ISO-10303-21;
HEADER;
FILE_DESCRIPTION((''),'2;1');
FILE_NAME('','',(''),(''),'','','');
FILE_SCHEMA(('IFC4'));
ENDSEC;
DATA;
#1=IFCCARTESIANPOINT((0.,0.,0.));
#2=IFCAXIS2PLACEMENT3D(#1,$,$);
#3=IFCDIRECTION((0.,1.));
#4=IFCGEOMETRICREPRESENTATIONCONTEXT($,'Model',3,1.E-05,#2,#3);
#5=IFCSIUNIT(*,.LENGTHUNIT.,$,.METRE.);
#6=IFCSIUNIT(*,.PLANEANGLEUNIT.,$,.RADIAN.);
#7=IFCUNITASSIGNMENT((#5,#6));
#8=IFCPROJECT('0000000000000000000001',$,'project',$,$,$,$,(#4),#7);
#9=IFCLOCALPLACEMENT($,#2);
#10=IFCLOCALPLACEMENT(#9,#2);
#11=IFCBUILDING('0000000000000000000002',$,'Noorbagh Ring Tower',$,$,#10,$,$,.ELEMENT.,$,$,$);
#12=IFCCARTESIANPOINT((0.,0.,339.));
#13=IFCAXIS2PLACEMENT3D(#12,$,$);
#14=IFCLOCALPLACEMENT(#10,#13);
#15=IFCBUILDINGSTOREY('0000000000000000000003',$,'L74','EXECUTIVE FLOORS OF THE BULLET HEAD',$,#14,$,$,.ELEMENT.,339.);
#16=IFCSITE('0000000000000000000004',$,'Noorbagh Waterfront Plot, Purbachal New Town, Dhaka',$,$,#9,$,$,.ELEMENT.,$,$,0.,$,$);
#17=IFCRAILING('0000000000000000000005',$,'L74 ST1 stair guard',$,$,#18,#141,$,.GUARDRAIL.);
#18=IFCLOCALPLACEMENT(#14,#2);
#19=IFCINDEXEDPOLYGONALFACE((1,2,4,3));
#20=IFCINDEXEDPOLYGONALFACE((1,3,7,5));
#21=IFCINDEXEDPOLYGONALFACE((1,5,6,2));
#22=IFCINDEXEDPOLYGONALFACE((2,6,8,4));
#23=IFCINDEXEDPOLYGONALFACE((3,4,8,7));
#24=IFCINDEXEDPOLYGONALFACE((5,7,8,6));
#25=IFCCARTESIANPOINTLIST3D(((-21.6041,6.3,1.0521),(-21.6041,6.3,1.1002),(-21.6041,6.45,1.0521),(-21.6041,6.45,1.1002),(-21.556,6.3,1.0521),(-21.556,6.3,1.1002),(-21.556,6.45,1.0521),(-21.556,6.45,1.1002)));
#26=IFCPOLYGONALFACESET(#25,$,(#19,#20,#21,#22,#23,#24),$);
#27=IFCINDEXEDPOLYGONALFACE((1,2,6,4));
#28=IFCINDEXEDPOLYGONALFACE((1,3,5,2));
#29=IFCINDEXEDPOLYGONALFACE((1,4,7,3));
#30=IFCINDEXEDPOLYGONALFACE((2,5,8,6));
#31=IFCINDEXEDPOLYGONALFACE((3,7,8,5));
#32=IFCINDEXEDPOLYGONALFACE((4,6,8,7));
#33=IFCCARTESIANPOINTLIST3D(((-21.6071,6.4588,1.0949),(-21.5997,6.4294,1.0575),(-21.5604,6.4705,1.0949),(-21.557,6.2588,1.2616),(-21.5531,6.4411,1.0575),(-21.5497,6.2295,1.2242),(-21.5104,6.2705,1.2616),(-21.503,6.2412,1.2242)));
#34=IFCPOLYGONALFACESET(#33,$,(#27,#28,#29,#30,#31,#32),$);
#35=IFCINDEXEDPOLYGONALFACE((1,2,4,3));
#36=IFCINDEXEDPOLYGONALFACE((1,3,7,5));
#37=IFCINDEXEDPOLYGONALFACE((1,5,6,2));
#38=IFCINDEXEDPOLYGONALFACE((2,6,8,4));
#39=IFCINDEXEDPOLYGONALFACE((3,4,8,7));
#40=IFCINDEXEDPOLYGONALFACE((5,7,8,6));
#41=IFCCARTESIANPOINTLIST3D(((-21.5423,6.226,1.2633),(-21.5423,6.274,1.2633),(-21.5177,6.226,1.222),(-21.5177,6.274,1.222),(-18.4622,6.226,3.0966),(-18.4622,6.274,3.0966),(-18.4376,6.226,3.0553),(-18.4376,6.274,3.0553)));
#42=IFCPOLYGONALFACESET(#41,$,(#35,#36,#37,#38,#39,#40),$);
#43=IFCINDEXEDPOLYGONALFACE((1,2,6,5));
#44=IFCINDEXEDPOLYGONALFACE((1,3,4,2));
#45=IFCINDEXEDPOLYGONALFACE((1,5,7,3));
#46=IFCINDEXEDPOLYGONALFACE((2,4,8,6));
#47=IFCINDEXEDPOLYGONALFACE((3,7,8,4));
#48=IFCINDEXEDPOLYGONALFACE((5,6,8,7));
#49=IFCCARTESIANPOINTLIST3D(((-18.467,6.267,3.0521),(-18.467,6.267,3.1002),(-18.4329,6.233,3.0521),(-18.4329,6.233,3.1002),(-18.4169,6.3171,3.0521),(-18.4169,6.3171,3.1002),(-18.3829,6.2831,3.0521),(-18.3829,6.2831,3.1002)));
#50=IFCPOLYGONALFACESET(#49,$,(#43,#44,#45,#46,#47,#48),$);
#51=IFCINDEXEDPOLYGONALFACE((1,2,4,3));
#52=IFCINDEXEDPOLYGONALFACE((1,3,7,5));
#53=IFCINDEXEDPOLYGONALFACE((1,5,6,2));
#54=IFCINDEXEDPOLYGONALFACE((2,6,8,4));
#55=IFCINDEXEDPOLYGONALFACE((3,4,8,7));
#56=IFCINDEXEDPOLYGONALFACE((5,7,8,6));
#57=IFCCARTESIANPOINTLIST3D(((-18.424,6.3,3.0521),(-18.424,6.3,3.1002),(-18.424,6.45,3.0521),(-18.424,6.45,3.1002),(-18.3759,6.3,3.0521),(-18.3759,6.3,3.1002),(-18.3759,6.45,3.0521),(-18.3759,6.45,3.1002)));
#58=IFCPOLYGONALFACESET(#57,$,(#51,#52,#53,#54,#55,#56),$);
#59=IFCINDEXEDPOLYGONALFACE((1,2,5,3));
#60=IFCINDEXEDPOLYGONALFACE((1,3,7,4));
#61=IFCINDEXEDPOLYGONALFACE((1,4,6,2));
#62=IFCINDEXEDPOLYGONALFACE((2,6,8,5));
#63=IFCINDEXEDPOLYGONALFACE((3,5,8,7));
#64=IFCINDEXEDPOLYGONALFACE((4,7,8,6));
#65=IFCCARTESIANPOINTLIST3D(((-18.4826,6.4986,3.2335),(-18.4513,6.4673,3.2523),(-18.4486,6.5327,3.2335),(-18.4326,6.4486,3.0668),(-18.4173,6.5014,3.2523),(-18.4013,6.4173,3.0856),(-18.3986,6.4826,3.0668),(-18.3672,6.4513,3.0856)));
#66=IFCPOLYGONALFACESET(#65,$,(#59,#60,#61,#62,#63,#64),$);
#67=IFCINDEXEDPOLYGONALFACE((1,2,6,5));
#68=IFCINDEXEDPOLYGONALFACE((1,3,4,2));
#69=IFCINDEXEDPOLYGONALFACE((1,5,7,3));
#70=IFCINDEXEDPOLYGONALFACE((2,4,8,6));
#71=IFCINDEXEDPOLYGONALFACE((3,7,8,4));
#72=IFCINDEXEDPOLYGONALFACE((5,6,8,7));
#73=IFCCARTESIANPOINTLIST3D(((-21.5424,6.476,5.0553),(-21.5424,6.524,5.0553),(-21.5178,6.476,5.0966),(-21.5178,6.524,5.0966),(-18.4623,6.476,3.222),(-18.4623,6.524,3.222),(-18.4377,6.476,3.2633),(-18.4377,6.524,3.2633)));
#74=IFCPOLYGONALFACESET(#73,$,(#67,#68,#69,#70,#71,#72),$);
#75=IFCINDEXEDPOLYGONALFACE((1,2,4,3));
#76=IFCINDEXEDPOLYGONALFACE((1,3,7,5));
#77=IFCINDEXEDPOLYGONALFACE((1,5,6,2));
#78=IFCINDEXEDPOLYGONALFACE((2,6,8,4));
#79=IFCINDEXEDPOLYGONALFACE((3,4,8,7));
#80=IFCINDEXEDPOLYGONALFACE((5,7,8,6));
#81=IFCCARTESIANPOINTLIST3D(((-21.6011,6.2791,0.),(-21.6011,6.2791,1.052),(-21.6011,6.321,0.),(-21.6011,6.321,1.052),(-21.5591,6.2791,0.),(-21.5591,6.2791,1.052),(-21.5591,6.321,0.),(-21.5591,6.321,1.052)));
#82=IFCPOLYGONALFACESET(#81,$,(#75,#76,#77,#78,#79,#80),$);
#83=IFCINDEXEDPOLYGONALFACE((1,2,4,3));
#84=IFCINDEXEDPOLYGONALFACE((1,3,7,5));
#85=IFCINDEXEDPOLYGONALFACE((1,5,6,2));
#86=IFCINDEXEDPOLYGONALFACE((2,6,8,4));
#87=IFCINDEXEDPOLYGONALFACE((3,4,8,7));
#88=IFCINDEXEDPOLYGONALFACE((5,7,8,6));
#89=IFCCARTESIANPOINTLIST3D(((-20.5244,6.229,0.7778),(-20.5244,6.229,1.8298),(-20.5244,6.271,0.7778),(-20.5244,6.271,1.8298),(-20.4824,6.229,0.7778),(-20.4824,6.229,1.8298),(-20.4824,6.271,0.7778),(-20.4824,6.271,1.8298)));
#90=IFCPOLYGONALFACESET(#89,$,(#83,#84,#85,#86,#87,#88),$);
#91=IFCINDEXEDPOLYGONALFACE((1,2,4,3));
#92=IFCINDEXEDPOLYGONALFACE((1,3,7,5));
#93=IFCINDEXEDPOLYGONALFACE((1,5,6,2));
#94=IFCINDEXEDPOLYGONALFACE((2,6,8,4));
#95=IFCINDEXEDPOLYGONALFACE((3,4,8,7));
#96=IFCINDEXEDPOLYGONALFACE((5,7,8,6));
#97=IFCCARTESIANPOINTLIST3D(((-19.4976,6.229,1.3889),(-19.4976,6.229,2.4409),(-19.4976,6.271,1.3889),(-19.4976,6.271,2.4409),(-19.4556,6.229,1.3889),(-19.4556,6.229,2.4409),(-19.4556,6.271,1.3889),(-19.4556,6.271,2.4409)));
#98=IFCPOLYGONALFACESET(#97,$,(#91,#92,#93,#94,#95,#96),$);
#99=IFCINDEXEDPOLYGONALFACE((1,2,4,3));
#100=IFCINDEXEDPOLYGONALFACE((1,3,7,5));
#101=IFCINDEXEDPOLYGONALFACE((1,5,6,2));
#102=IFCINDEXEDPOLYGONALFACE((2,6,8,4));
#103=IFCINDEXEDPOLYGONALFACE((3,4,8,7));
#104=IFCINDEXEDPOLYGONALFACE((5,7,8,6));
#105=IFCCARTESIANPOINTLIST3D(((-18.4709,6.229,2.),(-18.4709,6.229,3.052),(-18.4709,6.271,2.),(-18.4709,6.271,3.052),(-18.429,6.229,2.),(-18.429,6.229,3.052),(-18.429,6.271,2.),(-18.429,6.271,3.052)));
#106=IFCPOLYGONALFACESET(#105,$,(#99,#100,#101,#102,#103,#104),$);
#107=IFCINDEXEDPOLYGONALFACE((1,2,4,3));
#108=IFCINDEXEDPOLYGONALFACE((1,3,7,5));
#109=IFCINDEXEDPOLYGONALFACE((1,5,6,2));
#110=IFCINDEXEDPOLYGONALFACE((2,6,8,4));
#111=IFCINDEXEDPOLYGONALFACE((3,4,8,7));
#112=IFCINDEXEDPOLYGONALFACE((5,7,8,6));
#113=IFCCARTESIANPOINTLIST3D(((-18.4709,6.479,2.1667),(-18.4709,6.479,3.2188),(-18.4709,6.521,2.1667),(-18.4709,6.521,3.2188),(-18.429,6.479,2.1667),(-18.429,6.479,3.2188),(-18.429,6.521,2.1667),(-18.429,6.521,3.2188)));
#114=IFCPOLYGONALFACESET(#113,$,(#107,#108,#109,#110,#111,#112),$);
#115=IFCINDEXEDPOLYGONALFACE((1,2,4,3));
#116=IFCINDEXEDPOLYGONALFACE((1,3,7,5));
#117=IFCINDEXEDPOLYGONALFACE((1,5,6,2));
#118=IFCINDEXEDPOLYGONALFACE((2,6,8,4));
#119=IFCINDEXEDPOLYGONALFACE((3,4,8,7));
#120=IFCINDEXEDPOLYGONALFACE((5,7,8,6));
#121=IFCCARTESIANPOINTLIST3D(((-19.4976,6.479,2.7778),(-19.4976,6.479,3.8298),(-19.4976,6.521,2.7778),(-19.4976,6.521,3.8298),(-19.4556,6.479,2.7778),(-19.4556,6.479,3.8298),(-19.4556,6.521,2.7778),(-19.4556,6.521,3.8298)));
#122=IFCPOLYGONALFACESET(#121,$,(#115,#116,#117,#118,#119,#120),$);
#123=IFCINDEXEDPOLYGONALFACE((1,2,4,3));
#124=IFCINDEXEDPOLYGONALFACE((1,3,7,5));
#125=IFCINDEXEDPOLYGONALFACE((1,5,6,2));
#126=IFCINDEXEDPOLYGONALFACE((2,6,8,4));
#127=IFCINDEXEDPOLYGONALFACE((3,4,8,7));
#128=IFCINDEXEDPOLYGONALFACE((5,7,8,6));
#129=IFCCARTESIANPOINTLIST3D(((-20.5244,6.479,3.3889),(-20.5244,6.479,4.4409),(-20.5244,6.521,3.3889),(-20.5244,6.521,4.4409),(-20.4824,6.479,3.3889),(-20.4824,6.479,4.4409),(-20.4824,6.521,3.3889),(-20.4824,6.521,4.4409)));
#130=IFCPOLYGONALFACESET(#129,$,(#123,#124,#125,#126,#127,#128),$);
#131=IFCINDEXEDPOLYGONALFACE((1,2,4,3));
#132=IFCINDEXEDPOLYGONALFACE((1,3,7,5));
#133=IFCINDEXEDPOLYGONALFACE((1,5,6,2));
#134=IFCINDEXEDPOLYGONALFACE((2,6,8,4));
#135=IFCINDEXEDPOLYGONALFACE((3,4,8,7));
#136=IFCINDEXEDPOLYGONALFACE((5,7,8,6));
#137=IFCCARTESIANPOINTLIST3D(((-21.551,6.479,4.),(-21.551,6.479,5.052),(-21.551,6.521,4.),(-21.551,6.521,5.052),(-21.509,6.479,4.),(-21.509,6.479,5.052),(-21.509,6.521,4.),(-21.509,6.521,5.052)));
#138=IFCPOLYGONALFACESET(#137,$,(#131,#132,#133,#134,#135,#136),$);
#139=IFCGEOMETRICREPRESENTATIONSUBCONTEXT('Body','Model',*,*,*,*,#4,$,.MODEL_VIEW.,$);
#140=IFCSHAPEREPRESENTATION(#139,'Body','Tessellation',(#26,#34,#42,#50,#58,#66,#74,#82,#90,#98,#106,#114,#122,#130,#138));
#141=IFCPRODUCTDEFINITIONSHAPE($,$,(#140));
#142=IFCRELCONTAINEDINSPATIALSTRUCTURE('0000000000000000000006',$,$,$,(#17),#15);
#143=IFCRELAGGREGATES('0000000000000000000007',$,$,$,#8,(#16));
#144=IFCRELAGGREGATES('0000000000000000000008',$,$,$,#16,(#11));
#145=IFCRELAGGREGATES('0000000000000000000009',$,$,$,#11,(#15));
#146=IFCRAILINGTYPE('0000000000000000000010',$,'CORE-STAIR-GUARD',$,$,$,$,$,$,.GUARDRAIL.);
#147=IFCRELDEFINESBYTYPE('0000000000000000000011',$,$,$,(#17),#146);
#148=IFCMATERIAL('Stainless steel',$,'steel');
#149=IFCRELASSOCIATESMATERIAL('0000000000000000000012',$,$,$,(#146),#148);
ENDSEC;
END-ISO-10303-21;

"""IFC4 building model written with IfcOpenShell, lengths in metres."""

from ifc_helpers import new_model, si_unit, direction, frame, origin, origin_2d, place, context, subcontext, project, spatial, rectangle, extrude, material, type_object, element, save


model = new_model("IFC4")

# Units and contexts
model_context = context("Model", 3, precision=1e-05, world=origin(), true_north=direction((0.0, 1.0)))
body_context = subcontext(model_context, "Body", "Model", "MODEL_VIEW")
ifc_project = project(units=[si_unit("LENGTHUNIT", "METRE"), si_unit("PLANEANGLEUNIT", "RADIAN")], contexts=[model_context])

# Site, building, storey
site_placement = place(None, origin())
site = spatial("IfcSite", under=ifc_project, at=site_placement, Name="Noorbagh Waterfront Plot, Purbachal New Town, Dhaka", CompositionType="ELEMENT", RefElevation=0.0)
building_placement = place(site_placement, origin())
building = spatial("IfcBuilding", under=site, at=building_placement, Name="Noorbagh Ring Tower", CompositionType="ELEMENT")
storey_placement = place(building_placement, frame((0.0, 0.0, 339.0)))
storey = spatial("IfcBuildingStorey", under=building, at=storey_placement, Name="L74", Description="EXECUTIVE FLOORS OF THE BULLET HEAD", CompositionType="ELEMENT", Elevation=339.0)

# Railing
ifc_material_1 = material(Name="Stainless steel", Category="steel")
railing_type_1 = type_object("IfcRailingType", Name="CORE-STAIR-GUARD", PredefinedType="GUARDRAIL", material=ifc_material_1)
railing_1_placement = place(storey_placement, frame((-21.5801, 6.3, 0.0)))
element("IfcRailing", 1, at=railing_1_placement, inside=storey, type_object=railing_type_1, Name="L74 ST1 stair guard", PredefinedType="GUARDRAIL", context=body_context, shape_type="SweptSolid", body=[
    extrude(rectangle(XDim=0.0481, YDim=0.0481, at=origin_2d()), frame((0.0, 0.0, 1.0762), z_axis=(0.0, 1.0, 0.0), x_axis=(-1.0, 0.0, 0.0)), (0.0, 0.0, 1.0), 0.1499),
    extrude(rectangle(XDim=0.0481, YDim=0.0481, at=origin_2d()), frame((0.0, 0.1499, 1.0762), z_axis=(0.188776, -0.754182, 0.628946), x_axis=(0.970073, 0.242814, 0.0)), (0.0, 0.0, 1.0), 0.2651),
    extrude(rectangle(XDim=0.0481, YDim=0.0481, at=origin_2d()), frame((0.05, -0.05, 1.2427), z_axis=(0.859309, 0.0, 0.511458), x_axis=(0.0, 1.0, 0.0)), (0.0, 0.0, 1.0), 3.5845),
    extrude(rectangle(XDim=0.0481, YDim=0.0481, at=origin_2d()), frame((3.1301, -0.05, 3.0762), z_axis=(0.707107, 0.707107, 0.0), x_axis=(-0.707107, 0.707107, 0.0)), (0.0, 0.0, 1.0), 0.0708),
    extrude(rectangle(XDim=0.0481, YDim=0.0481, at=origin_2d()), frame((3.1802, 0.0, 3.0762), z_axis=(0.0, 1.0, 0.0), x_axis=(-1.0, 0.0, 0.0)), (0.0, 0.0, 1.0), 0.1499),
    extrude(rectangle(XDim=0.0481, YDim=0.0481, at=origin_2d()), frame((3.1802, 0.1499, 3.0762), z_axis=(-0.276287, 0.276287, 0.920506), x_axis=(-0.707107, -0.707107, 0.0)), (0.0, 0.0, 1.0), 0.1812),
    extrude(rectangle(XDim=0.0481, YDim=0.0481, at=origin_2d()), frame((3.1301, 0.2, 3.2427), z_axis=(-0.859309, 0.0, 0.511458), x_axis=(0.0, -1.0, 0.0)), (0.0, 0.0, 1.0), 3.5845),
    extrude(rectangle(XDim=0.042, YDim=0.042, at=origin_2d()), origin(), (0.0, 0.0, 1.0), 1.052),
    extrude(rectangle(XDim=0.042, YDim=0.042, at=origin_2d()), frame((1.0767, -0.05, 0.7778)), (0.0, 0.0, 1.0), 1.052),
    extrude(rectangle(XDim=0.042, YDim=0.042, at=origin_2d()), frame((2.1035, -0.05, 1.3889)), (0.0, 0.0, 1.0), 1.052),
    extrude(rectangle(XDim=0.042, YDim=0.042, at=origin_2d()), frame((3.1301, -0.05, 2.0)), (0.0, 0.0, 1.0), 1.052),
    extrude(rectangle(XDim=0.042, YDim=0.042, at=origin_2d()), frame((3.1301, 0.2, 2.1667)), (0.0, 0.0, 1.0), 1.052),
    extrude(rectangle(XDim=0.042, YDim=0.042, at=origin_2d()), frame((2.1035, 0.2, 2.7778)), (0.0, 0.0, 1.0), 1.052),
    extrude(rectangle(XDim=0.042, YDim=0.042, at=origin_2d()), frame((1.0767, 0.2, 3.3889)), (0.0, 0.0, 1.0), 1.052),
    extrude(rectangle(XDim=0.042, YDim=0.042, at=origin_2d()), frame((0.05, 0.2, 4.0)), (0.0, 0.0, 1.0), 1.052),
])

save(model, "model.ifc")
